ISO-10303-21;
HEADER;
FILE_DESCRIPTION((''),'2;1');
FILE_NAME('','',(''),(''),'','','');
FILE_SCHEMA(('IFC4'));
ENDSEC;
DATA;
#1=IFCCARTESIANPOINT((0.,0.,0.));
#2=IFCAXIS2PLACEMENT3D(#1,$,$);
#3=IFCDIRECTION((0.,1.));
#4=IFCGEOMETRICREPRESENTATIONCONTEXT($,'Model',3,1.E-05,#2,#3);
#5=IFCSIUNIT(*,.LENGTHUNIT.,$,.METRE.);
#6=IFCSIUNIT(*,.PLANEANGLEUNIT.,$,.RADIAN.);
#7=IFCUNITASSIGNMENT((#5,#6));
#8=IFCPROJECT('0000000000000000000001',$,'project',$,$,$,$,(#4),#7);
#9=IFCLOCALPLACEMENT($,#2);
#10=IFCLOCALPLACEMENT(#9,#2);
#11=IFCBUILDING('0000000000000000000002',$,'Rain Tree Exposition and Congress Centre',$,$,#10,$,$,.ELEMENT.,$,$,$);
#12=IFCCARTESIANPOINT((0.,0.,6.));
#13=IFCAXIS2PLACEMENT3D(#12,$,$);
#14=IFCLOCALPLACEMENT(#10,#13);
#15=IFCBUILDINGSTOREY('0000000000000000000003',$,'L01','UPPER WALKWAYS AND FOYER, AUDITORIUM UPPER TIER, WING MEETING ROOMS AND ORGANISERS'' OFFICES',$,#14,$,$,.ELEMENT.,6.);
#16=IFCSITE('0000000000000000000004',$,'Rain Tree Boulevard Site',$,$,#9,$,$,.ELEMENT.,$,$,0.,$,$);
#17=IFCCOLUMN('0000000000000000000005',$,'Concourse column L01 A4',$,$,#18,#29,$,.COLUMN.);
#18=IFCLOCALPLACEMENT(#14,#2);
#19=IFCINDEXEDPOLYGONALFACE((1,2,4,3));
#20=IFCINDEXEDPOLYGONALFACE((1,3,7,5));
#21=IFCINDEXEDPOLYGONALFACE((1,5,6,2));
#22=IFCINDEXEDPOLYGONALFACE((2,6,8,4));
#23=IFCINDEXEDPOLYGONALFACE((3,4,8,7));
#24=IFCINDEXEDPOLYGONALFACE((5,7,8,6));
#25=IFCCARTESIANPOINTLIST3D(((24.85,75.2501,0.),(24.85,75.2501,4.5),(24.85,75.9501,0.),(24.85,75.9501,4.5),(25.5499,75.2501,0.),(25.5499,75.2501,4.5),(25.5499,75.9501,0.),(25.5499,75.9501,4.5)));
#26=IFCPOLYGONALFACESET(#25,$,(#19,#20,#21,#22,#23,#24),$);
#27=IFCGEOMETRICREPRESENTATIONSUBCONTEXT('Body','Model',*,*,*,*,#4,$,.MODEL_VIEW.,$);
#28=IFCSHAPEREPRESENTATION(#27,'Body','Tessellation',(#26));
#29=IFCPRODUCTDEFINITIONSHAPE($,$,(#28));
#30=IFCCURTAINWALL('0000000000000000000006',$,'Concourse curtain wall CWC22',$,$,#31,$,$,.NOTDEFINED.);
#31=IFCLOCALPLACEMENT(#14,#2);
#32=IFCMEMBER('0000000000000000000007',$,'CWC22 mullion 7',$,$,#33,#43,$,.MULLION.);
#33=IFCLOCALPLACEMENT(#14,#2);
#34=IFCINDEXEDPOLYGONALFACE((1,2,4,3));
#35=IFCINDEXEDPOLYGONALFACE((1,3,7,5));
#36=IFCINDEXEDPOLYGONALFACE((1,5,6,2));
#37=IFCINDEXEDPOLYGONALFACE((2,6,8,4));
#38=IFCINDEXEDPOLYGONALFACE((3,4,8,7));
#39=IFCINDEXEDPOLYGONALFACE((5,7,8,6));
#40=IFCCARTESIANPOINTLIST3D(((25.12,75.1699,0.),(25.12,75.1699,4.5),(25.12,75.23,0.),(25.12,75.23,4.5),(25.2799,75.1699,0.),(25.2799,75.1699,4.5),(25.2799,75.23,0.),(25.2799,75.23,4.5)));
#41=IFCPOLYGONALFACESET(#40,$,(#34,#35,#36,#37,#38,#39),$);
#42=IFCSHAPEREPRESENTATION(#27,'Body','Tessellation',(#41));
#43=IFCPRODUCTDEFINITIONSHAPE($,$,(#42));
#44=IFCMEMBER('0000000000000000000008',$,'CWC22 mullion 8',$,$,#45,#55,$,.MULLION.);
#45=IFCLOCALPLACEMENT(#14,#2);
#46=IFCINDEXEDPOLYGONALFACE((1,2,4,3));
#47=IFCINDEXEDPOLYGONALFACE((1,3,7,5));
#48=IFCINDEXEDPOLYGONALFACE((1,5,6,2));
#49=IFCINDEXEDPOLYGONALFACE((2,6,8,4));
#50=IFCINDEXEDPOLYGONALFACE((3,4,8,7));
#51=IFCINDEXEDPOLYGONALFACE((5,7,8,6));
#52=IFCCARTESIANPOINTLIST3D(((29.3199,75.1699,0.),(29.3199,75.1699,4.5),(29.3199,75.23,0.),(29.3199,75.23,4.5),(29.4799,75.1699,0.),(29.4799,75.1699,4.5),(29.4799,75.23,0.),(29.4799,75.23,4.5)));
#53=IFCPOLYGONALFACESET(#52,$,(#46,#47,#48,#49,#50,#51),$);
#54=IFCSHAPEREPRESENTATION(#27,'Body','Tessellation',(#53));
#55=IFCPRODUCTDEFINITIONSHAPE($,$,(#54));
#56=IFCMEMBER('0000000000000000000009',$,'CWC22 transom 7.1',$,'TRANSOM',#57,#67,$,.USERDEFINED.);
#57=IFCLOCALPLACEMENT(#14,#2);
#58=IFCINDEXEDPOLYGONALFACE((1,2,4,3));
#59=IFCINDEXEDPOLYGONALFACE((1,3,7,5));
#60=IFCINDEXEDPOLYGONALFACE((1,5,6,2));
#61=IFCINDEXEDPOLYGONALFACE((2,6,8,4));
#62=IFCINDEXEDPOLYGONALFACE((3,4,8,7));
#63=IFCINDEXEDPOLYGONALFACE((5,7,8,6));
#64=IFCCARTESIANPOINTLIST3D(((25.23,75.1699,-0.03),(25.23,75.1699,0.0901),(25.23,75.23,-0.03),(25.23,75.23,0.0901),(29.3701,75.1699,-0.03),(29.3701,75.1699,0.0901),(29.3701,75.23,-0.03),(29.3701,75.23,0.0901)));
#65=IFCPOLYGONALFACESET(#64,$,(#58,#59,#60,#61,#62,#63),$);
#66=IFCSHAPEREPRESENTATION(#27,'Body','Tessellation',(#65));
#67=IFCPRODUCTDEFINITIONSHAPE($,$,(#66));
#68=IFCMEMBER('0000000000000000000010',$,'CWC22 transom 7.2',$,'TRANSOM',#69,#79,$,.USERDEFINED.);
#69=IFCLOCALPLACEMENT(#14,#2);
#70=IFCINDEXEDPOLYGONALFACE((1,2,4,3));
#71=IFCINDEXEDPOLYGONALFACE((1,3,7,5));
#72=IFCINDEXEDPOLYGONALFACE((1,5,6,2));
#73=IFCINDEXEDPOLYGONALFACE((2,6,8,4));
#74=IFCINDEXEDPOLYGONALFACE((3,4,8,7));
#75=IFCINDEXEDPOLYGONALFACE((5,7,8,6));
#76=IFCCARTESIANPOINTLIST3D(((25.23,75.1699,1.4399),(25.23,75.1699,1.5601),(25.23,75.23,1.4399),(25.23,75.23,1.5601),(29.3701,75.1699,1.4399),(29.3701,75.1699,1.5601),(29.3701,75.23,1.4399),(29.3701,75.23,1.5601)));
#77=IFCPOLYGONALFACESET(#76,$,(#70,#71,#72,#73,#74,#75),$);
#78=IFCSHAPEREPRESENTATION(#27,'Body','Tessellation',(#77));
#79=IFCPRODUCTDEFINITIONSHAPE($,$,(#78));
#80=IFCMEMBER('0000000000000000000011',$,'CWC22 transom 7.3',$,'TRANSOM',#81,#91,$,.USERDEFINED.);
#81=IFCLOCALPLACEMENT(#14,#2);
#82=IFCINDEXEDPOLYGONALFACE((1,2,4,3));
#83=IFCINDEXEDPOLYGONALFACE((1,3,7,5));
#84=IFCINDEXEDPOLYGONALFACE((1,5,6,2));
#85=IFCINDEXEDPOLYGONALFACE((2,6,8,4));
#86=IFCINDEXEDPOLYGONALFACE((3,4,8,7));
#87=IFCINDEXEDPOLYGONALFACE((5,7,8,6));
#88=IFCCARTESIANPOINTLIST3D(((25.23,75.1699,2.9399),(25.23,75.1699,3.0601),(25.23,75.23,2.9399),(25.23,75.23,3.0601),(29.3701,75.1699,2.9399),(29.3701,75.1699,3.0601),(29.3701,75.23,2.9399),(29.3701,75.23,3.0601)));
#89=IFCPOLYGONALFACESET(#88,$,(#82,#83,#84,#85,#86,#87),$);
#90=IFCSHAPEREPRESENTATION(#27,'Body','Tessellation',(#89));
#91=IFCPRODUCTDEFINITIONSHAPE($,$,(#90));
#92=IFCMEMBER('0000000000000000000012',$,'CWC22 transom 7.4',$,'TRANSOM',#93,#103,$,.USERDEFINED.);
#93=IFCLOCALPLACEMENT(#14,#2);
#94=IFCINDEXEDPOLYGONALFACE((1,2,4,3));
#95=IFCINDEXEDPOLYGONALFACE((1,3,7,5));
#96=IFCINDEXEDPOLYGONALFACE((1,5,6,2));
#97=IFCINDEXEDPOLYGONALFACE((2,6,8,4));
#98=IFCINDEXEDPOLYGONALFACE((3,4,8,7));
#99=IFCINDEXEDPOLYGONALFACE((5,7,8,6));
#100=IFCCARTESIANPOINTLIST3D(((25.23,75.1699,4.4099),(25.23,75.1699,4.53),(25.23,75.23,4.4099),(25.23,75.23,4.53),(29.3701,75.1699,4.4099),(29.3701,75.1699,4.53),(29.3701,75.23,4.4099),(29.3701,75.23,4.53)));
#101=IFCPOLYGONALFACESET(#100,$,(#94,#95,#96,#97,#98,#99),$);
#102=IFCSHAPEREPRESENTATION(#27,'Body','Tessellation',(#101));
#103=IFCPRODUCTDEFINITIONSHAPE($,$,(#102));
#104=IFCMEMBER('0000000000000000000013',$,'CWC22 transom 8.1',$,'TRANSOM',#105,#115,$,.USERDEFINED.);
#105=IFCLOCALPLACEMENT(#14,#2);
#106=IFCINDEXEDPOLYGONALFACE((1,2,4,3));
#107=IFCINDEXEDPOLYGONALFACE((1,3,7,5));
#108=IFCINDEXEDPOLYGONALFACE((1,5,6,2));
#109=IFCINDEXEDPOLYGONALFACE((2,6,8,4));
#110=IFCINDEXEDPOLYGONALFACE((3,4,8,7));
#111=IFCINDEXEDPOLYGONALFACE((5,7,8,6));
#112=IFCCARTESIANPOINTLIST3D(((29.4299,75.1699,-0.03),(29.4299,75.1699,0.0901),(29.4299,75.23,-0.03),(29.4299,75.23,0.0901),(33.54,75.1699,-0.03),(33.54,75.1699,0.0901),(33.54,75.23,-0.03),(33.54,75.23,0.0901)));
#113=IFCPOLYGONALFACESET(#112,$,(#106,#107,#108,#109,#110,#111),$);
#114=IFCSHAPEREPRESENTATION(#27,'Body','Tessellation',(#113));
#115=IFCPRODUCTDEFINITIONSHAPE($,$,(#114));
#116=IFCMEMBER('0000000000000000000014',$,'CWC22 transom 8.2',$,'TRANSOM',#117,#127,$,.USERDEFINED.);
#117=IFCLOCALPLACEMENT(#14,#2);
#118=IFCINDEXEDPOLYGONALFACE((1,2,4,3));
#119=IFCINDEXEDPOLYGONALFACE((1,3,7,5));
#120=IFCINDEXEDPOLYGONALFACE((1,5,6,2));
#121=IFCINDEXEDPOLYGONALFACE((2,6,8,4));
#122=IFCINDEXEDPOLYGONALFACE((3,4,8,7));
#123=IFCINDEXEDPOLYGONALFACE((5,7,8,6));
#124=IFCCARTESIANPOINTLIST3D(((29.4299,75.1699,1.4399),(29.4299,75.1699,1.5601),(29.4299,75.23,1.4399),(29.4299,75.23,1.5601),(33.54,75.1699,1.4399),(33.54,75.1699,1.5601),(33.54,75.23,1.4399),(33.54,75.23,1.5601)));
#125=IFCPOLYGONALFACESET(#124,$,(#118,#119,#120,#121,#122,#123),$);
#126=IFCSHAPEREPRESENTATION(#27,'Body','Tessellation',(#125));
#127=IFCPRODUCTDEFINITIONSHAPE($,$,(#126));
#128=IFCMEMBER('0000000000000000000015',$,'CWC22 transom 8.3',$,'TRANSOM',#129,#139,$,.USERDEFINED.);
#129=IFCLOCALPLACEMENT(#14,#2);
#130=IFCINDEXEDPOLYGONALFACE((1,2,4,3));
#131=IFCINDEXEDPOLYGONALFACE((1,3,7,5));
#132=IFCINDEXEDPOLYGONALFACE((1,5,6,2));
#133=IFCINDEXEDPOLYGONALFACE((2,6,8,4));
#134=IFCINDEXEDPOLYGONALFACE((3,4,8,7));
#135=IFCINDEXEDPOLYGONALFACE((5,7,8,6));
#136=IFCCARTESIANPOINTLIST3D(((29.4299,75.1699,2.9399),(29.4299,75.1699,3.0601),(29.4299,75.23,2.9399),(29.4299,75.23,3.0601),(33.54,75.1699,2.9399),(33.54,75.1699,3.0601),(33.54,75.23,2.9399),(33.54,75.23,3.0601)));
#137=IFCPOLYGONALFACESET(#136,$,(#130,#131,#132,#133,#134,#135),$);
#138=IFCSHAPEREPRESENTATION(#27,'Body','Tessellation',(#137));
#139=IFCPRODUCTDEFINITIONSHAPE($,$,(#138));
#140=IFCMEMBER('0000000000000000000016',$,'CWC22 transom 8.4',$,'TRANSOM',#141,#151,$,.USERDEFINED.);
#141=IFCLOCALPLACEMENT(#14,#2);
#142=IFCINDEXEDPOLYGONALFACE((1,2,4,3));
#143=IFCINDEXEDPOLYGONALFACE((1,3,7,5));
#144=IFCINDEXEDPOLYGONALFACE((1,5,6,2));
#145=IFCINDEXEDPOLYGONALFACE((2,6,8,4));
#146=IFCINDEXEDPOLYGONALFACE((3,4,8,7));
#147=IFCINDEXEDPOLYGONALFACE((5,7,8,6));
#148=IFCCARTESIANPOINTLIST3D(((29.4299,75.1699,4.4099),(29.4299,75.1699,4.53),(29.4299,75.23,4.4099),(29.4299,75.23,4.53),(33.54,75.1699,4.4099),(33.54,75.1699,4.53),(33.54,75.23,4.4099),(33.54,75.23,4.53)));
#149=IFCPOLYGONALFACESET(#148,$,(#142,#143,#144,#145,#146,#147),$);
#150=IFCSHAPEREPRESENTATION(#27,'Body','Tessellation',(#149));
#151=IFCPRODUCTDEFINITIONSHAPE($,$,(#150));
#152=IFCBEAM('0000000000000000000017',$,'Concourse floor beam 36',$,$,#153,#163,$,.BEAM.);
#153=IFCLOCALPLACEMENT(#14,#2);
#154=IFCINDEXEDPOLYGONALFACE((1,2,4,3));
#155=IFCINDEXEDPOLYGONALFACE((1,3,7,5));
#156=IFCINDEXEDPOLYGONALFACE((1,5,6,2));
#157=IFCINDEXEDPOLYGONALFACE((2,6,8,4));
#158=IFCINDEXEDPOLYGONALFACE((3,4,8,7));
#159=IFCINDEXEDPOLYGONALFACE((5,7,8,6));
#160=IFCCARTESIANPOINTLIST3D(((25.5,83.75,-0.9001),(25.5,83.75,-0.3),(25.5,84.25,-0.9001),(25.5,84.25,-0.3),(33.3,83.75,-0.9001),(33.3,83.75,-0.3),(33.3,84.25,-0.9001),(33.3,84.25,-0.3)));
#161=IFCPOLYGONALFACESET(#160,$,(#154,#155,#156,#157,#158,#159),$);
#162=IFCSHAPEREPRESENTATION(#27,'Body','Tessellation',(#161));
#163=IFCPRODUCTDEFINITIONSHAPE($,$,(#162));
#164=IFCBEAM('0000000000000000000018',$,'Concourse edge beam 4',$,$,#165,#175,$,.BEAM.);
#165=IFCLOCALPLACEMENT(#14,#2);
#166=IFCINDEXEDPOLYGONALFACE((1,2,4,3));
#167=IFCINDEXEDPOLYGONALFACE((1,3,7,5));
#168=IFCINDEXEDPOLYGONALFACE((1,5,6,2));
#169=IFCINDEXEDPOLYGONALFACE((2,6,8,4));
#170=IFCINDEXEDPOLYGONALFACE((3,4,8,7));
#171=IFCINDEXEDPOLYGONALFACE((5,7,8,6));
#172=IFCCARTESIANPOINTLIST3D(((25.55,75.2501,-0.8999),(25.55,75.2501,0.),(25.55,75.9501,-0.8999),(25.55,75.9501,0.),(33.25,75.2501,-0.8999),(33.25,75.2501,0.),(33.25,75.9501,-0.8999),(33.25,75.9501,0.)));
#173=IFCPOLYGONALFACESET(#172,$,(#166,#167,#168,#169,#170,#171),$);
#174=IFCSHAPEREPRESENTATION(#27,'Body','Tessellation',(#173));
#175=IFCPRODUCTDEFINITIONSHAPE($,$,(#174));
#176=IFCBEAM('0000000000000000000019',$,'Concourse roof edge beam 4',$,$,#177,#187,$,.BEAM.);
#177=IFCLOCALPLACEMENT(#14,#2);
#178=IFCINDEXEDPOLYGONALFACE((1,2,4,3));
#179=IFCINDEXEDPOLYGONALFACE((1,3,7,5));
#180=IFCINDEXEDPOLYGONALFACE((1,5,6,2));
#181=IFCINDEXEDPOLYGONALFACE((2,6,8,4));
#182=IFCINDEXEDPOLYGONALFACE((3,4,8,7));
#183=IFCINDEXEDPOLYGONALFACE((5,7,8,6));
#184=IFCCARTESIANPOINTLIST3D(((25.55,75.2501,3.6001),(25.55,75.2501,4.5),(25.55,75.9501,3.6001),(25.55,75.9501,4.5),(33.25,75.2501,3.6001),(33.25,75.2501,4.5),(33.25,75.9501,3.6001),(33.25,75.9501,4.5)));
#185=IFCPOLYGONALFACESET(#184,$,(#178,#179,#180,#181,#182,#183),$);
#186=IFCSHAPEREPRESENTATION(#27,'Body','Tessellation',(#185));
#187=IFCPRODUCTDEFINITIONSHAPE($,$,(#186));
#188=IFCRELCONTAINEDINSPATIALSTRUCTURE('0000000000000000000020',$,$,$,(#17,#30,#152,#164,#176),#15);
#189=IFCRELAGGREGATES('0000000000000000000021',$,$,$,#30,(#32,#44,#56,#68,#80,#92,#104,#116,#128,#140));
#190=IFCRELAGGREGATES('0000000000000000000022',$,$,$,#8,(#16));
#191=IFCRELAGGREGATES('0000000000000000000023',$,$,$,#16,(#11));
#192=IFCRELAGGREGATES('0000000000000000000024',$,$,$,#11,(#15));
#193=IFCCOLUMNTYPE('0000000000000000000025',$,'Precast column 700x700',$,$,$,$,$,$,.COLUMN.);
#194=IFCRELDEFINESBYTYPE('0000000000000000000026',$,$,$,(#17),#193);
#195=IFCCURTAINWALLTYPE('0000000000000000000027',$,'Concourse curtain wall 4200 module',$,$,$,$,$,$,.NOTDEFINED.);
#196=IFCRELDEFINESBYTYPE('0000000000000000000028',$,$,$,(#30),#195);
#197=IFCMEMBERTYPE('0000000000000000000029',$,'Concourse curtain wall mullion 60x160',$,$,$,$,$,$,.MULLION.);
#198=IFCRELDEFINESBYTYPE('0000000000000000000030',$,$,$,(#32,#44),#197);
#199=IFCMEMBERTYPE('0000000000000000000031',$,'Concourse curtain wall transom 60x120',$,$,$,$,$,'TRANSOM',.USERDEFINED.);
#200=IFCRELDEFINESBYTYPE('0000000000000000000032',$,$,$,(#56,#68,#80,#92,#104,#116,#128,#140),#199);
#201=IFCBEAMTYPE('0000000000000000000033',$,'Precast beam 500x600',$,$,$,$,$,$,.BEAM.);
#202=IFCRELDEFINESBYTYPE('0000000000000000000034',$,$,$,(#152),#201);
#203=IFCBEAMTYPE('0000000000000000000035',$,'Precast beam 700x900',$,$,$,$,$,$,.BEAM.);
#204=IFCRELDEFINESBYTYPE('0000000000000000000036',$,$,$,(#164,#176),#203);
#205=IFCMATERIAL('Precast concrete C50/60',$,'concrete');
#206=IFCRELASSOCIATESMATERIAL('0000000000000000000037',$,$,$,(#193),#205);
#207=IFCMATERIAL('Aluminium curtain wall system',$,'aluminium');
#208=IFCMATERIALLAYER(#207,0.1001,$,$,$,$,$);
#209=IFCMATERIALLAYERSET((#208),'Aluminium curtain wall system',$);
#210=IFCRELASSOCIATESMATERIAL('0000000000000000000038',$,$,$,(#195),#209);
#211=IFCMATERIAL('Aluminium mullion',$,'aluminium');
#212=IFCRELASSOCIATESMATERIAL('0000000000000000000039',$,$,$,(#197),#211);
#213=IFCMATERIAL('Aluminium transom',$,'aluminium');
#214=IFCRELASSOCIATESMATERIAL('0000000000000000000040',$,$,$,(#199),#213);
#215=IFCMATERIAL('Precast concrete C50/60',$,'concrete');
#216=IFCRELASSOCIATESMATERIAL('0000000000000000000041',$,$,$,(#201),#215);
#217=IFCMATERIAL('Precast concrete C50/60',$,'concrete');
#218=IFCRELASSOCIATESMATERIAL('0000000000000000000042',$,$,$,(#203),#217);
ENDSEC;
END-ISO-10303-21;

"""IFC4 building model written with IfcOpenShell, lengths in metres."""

from ifc_helpers import new_model, si_unit, direction, frame, origin, origin_2d, place, context, subcontext, project, spatial, rectangle, extrude, material, layer, layer_set, material_profile, profile_set, type_object, element, aggregate, save


model = new_model("IFC4")

# Units and contexts
model_context = context("Model", 3, precision=1e-05, world=origin(), true_north=direction((0.0, 1.0)))
body_context = subcontext(model_context, "Body", "Model", "MODEL_VIEW")
ifc_project = project(units=[si_unit("LENGTHUNIT", "METRE"), si_unit("PLANEANGLEUNIT", "RADIAN")], contexts=[model_context])

# Site, building, storey
site_placement = place(None, origin())
site = spatial("IfcSite", under=ifc_project, at=site_placement, Name="Rain Tree Boulevard Site", CompositionType="ELEMENT", RefElevation=0.0)
building_placement = place(site_placement, origin())
building = spatial("IfcBuilding", under=site, at=building_placement, Name="Rain Tree Exposition and Congress Centre", CompositionType="ELEMENT")
storey_placement = place(building_placement, frame((0.0, 0.0, 6.0)))
storey = spatial("IfcBuildingStorey", under=building, at=storey_placement, Name="L01", Description="UPPER WALKWAYS AND FOYER, AUDITORIUM UPPER TIER, WING MEETING ROOMS AND ORGANISERS' OFFICES", CompositionType="ELEMENT", Elevation=6.0)

# Column
ifc_material_1 = material(Name="Precast concrete C50/60", Category="concrete")
ifc_material_profile_1 = material_profile(ifc_material_1, rectangle(XDim=0.7, YDim=0.7, at=origin_2d()), Name="RC 700x700")
ifc_profile_set_1 = profile_set([ifc_material_profile_1], Name="Precast concrete C50/60")
column_type = type_object("IfcColumnType", Name="Precast column 700x700", PredefinedType="COLUMN", material=ifc_profile_set_1)
column_placement = place(storey_placement, frame((25.2, 75.6001, 0.0), z_axis=(0.0, 0.0, 1.0), x_axis=(1.0, 0.0, 0.0)))
element("IfcColumn", 1, at=column_placement, inside=storey, type_object=column_type, Name="Concourse column L01 A4", PredefinedType="COLUMN", context=body_context, shape_type="SweptSolid", body=[
    extrude(rectangle(XDim=0.7, YDim=0.7, at=origin_2d()), origin(), (0.0, 0.0, 1.0), 4.5),
])

# Curtain wall, members
ifc_material_2 = material(Name="Aluminium curtain wall system", Category="aluminium")
ifc_layer_1 = layer(ifc_material_2, 0.1001)
ifc_layer_set_1 = layer_set([ifc_layer_1], Name="Aluminium curtain wall system")
curtain_wall_type = type_object("IfcCurtainWallType", Name="Concourse curtain wall 4200 module", PredefinedType="NOTDEFINED", material=ifc_layer_set_1)
curtain_wall_placement = place(storey_placement, origin())
curtain_wall = element("IfcCurtainWall", 2, at=curtain_wall_placement, inside=storey, type_object=curtain_wall_type, Name="Concourse curtain wall CWC22", PredefinedType="NOTDEFINED")
ifc_material_3 = material(Name="Aluminium mullion", Category="aluminium")
ifc_material_profile_2 = material_profile(ifc_material_3, rectangle(XDim=0.0601, YDim=0.1599, at=origin_2d()), Name="AL 60x160")
ifc_profile_set_2 = profile_set([ifc_material_profile_2], Name="Aluminium mullion")
member_type_1 = type_object("IfcMemberType", Name="Concourse curtain wall mullion 60x160", PredefinedType="MULLION", material=ifc_profile_set_2)
member_1_placement = place(storey_placement, frame((25.2, 75.2, 0.0), z_axis=(0.0, 0.0, 1.0), x_axis=(0.0, 1.0, 0.0)))
member_1 = element("IfcMember", 3, at=member_1_placement, type_object=member_type_1, Name="CWC22 mullion 7", PredefinedType="MULLION", context=body_context, shape_type="SweptSolid", body=[
    extrude(rectangle(XDim=0.0601, YDim=0.1599, at=origin_2d()), origin(), (0.0, 0.0, 1.0), 4.5),
])
member_2_placement = place(storey_placement, frame((29.3999, 75.2, 0.0), z_axis=(0.0, 0.0, 1.0), x_axis=(0.0, 1.0, 0.0)))
member_2 = element("IfcMember", 4, at=member_2_placement, type_object=member_type_1, Name="CWC22 mullion 8", PredefinedType="MULLION", context=body_context, shape_type="SweptSolid", body=[
    extrude(rectangle(XDim=0.0601, YDim=0.1599, at=origin_2d()), origin(), (0.0, 0.0, 1.0), 4.5),
])
ifc_material_4 = material(Name="Aluminium transom", Category="aluminium")
ifc_material_profile_3 = material_profile(ifc_material_4, rectangle(XDim=0.0601, YDim=0.1201, at=origin_2d()), Name="AL 60x120")
ifc_profile_set_3 = profile_set([ifc_material_profile_3], Name="Aluminium transom")
member_type_2 = type_object("IfcMemberType", Name="Concourse curtain wall transom 60x120", ElementType="TRANSOM", PredefinedType="USERDEFINED", material=ifc_profile_set_3)
member_3_placement = place(storey_placement, frame((25.23, 75.2, 0.03), z_axis=(1.0, 0.0, 0.0), x_axis=(0.0, 1.0, 0.0)))
member_3 = element("IfcMember", 5, at=member_3_placement, type_object=member_type_2, Name="CWC22 transom 7.1", ObjectType="TRANSOM", PredefinedType="USERDEFINED", context=body_context, shape_type="SweptSolid", body=[
    extrude(rectangle(XDim=0.0601, YDim=0.1201, at=origin_2d()), origin(), (0.0, 0.0, 1.0), 4.1401),
])
member_4_placement = place(storey_placement, frame((25.23, 75.2, 1.5), z_axis=(1.0, 0.0, 0.0), x_axis=(0.0, 1.0, 0.0)))
member_4 = element("IfcMember", 6, at=member_4_placement, type_object=member_type_2, Name="CWC22 transom 7.2", ObjectType="TRANSOM", PredefinedType="USERDEFINED", context=body_context, shape_type="SweptSolid", body=[
    extrude(rectangle(XDim=0.0601, YDim=0.1201, at=origin_2d()), origin(), (0.0, 0.0, 1.0), 4.1401),
])
member_5_placement = place(storey_placement, frame((25.23, 75.2, 3.0), z_axis=(1.0, 0.0, 0.0), x_axis=(0.0, 1.0, 0.0)))
member_5 = element("IfcMember", 7, at=member_5_placement, type_object=member_type_2, Name="CWC22 transom 7.3", ObjectType="TRANSOM", PredefinedType="USERDEFINED", context=body_context, shape_type="SweptSolid", body=[
    extrude(rectangle(XDim=0.0601, YDim=0.1201, at=origin_2d()), origin(), (0.0, 0.0, 1.0), 4.1401),
])
member_6_placement = place(storey_placement, frame((25.23, 75.2, 4.47), z_axis=(1.0, 0.0, 0.0), x_axis=(0.0, 1.0, 0.0)))
member_6 = element("IfcMember", 8, at=member_6_placement, type_object=member_type_2, Name="CWC22 transom 7.4", ObjectType="TRANSOM", PredefinedType="USERDEFINED", context=body_context, shape_type="SweptSolid", body=[
    extrude(rectangle(XDim=0.0601, YDim=0.1201, at=origin_2d()), origin(), (0.0, 0.0, 1.0), 4.1401),
])
member_7_placement = place(storey_placement, frame((29.4299, 75.2, 0.03), z_axis=(1.0, 0.0, 0.0), x_axis=(0.0, 1.0, 0.0)))
member_7 = element("IfcMember", 9, at=member_7_placement, type_object=member_type_2, Name="CWC22 transom 8.1", ObjectType="TRANSOM", PredefinedType="USERDEFINED", context=body_context, shape_type="SweptSolid", body=[
    extrude(rectangle(XDim=0.0601, YDim=0.1201, at=origin_2d()), origin(), (0.0, 0.0, 1.0), 4.1101),
])
member_8_placement = place(storey_placement, frame((29.4299, 75.2, 1.5), z_axis=(1.0, 0.0, 0.0), x_axis=(0.0, 1.0, 0.0)))
member_8 = element("IfcMember", 10, at=member_8_placement, type_object=member_type_2, Name="CWC22 transom 8.2", ObjectType="TRANSOM", PredefinedType="USERDEFINED", context=body_context, shape_type="SweptSolid", body=[
    extrude(rectangle(XDim=0.0601, YDim=0.1201, at=origin_2d()), origin(), (0.0, 0.0, 1.0), 4.1101),
])
member_9_placement = place(storey_placement, frame((29.4299, 75.2, 3.0), z_axis=(1.0, 0.0, 0.0), x_axis=(0.0, 1.0, 0.0)))
member_9 = element("IfcMember", 11, at=member_9_placement, type_object=member_type_2, Name="CWC22 transom 8.3", ObjectType="TRANSOM", PredefinedType="USERDEFINED", context=body_context, shape_type="SweptSolid", body=[
    extrude(rectangle(XDim=0.0601, YDim=0.1201, at=origin_2d()), origin(), (0.0, 0.0, 1.0), 4.1101),
])
member_10_placement = place(storey_placement, frame((29.4299, 75.2, 4.47), z_axis=(1.0, 0.0, 0.0), x_axis=(0.0, 1.0, 0.0)))
member_10 = element("IfcMember", 12, at=member_10_placement, type_object=member_type_2, Name="CWC22 transom 8.4", ObjectType="TRANSOM", PredefinedType="USERDEFINED", context=body_context, shape_type="SweptSolid", body=[
    extrude(rectangle(XDim=0.0601, YDim=0.1201, at=origin_2d()), origin(), (0.0, 0.0, 1.0), 4.1101),
])

# Beams
ifc_material_5 = material(Name="Precast concrete C50/60", Category="concrete")
ifc_material_profile_4 = material_profile(ifc_material_5, rectangle(XDim=0.5, YDim=0.6001, at=origin_2d()), Name="RC 500x600")
ifc_profile_set_4 = profile_set([ifc_material_profile_4], Name="Precast concrete C50/60")
beam_type_1 = type_object("IfcBeamType", Name="Precast beam 500x600", PredefinedType="BEAM", material=ifc_profile_set_4)
beam_placement = place(storey_placement, frame((25.5, 84.0, -0.6001), z_axis=(1.0, 0.0, 0.0), x_axis=(0.0, 1.0, 0.0)))
element("IfcBeam", 13, at=beam_placement, inside=storey, type_object=beam_type_1, Name="Concourse floor beam 36", PredefinedType="BEAM", context=body_context, shape_type="SweptSolid", body=[
    extrude(rectangle(XDim=0.5, YDim=0.6001, at=origin_2d()), origin(), (0.0, 0.0, 1.0), 7.8),
])
ifc_material_6 = material(Name="Precast concrete C50/60", Category="concrete")
ifc_material_profile_5 = material_profile(ifc_material_6, rectangle(XDim=0.7, YDim=0.8999, at=origin_2d()), Name="RC 700x900")
ifc_profile_set_5 = profile_set([ifc_material_profile_5], Name="Precast concrete C50/60")
beam_type_2 = type_object("IfcBeamType", Name="Precast beam 700x900", PredefinedType="BEAM", material=ifc_profile_set_5)
for number, where, z_axis, x_axis, name in (
    (14, (25.55, 75.6001, -0.45), (1.0, 0.0, 0.0), (0.0, 1.0, 0.0), "Concourse edge beam 4"),
    (15, (25.55, 75.6001, 4.05), (1.0, 0.0, 0.0), (0.0, 1.0, 0.0), "Concourse roof edge beam 4"),
):
    element("IfcBeam", number, at=place(storey_placement, frame(where, z_axis=z_axis, x_axis=x_axis)), inside=storey, type_object=beam_type_2, Name=name, PredefinedType="BEAM", context=body_context, shape_type="SweptSolid", body=[
        extrude(rectangle(XDim=0.7, YDim=0.8999, at=origin_2d()), origin(), (0.0, 0.0, 1.0), 7.7),
    ])

aggregate(curtain_wall, [member_1, member_2, member_3, member_4, member_5, member_6, member_7, member_8, member_9, member_10])

save(model, "model.ifc")
